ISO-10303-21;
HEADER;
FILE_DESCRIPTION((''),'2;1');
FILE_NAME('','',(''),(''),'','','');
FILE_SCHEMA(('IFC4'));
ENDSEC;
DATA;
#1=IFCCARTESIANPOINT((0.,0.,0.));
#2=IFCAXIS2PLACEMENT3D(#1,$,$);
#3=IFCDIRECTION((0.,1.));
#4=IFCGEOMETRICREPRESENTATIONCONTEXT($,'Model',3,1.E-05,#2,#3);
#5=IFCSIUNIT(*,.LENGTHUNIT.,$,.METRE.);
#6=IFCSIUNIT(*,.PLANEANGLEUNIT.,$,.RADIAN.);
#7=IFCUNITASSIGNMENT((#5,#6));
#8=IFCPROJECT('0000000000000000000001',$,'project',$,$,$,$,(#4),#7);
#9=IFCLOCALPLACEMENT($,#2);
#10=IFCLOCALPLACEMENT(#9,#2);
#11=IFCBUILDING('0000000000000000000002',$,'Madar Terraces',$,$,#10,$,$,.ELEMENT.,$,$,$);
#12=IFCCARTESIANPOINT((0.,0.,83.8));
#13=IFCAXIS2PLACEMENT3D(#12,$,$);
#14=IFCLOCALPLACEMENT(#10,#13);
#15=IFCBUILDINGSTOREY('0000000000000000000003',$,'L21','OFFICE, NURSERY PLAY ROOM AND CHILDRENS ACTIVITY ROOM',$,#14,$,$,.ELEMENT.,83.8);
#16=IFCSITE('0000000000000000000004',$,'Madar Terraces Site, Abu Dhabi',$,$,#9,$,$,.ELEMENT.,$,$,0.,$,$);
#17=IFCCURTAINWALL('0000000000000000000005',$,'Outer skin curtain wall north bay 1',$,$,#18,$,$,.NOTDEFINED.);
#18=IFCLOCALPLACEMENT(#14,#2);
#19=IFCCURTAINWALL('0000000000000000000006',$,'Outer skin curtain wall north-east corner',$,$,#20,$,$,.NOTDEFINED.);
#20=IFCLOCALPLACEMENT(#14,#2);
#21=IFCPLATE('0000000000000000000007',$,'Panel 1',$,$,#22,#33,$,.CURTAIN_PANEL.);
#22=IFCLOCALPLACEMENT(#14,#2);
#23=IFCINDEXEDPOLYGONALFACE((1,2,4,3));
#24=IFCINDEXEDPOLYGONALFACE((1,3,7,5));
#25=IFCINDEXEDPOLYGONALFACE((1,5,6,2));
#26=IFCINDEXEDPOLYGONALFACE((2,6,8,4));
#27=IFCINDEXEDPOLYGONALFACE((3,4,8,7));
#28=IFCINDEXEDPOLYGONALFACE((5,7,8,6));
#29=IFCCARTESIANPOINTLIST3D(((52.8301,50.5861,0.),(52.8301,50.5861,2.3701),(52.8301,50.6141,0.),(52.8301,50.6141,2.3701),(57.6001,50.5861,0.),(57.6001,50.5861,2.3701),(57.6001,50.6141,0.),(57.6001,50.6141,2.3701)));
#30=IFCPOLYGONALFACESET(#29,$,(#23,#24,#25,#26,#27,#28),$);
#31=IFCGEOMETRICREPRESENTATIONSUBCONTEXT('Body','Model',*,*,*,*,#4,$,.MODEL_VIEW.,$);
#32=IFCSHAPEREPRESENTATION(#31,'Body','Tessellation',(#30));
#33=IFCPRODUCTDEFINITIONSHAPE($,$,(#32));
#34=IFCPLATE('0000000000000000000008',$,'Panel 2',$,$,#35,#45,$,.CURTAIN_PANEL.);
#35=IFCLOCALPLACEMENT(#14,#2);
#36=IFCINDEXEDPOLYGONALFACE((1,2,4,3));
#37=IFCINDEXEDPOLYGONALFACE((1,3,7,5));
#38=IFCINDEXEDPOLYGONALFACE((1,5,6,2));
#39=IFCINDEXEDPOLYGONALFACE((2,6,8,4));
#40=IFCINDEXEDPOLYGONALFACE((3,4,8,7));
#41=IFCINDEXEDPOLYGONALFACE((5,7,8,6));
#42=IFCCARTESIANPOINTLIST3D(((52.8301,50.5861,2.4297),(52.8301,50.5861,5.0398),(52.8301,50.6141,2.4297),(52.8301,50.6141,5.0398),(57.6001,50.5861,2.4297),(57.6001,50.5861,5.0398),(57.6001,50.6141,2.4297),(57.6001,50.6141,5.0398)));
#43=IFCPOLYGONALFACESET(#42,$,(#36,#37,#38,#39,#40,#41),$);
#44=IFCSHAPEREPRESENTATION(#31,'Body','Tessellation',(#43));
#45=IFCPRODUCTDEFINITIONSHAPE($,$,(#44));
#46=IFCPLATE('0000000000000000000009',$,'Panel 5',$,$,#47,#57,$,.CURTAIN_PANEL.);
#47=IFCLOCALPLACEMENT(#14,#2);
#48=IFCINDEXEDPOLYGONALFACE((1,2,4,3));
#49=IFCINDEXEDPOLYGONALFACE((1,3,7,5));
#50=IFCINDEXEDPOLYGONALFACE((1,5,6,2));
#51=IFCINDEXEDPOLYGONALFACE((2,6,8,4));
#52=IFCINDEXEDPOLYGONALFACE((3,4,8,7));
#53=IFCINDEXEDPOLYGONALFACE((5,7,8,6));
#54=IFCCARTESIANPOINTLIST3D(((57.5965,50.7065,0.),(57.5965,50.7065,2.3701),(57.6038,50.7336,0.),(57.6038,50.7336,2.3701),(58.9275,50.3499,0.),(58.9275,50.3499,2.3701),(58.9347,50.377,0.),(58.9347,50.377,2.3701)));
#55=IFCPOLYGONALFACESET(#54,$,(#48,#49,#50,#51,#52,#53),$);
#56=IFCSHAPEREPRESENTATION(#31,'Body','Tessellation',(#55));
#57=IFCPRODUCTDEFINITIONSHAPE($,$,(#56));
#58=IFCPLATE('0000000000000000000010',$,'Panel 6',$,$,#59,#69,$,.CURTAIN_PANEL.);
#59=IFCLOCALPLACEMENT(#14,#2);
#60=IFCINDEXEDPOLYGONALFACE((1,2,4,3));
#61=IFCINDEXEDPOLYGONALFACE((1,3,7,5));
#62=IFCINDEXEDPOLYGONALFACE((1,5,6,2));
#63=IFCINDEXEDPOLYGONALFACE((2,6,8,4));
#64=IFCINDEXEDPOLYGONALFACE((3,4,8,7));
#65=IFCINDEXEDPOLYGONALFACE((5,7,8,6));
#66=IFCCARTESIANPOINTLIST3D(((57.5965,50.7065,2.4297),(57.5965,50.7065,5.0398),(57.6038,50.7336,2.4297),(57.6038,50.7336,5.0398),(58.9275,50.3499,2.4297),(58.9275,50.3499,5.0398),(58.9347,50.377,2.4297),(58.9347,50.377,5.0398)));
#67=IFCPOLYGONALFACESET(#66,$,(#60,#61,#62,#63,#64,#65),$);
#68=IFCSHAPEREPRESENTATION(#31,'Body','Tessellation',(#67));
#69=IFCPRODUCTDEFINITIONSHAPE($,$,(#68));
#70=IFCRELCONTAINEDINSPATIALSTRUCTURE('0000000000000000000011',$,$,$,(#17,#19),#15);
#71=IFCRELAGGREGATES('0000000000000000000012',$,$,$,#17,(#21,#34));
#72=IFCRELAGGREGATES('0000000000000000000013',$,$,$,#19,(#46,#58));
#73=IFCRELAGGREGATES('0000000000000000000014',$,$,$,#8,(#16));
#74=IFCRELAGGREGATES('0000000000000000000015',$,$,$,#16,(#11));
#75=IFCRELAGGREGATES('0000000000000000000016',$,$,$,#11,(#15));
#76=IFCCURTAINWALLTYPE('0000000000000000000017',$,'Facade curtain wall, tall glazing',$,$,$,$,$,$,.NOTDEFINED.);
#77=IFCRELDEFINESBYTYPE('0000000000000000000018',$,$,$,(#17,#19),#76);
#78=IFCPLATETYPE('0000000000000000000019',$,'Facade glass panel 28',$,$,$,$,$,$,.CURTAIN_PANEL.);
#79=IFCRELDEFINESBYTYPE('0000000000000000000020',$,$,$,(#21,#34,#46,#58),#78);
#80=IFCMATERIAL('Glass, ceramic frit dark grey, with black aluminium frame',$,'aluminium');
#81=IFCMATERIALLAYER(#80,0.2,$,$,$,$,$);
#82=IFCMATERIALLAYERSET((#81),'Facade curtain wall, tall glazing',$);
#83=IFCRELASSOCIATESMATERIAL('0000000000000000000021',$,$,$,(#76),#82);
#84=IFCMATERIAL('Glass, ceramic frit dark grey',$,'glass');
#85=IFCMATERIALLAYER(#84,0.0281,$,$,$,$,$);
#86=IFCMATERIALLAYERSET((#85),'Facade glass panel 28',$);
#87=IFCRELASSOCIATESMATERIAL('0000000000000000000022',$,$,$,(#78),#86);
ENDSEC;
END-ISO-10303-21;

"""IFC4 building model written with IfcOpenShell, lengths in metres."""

from ifc_helpers import new_model, si_unit, direction, frame, origin, origin_2d, place, context, subcontext, project, spatial, rectangle, extrude, material, layer, layer_set, type_object, element, aggregate, save


model = new_model("IFC4")

# Units and contexts
model_context = context("Model", 3, precision=1e-05, world=origin(), true_north=direction((0.0, 1.0)))
body_context = subcontext(model_context, "Body", "Model", "MODEL_VIEW")
ifc_project = project(units=[si_unit("LENGTHUNIT", "METRE"), si_unit("PLANEANGLEUNIT", "RADIAN")], contexts=[model_context])

# Site, building, storey
site_placement = place(None, origin())
site = spatial("IfcSite", under=ifc_project, at=site_placement, Name="Madar Terraces Site, Abu Dhabi", CompositionType="ELEMENT", RefElevation=0.0)
building_placement = place(site_placement, origin())
building = spatial("IfcBuilding", under=site, at=building_placement, Name="Madar Terraces", CompositionType="ELEMENT")
storey_placement = place(building_placement, frame((0.0, 0.0, 83.8)))
storey = spatial("IfcBuildingStorey", under=building, at=storey_placement, Name="L21", Description="OFFICE, NURSERY PLAY ROOM AND CHILDRENS ACTIVITY ROOM", CompositionType="ELEMENT", Elevation=83.8)

# Curtain wall
ifc_material_1 = material(Name="Glass, ceramic frit dark grey, with black aluminium frame", Category="aluminium")
ifc_layer_1 = layer(ifc_material_1, 0.2)
ifc_layer_set_1 = layer_set([ifc_layer_1], Name="Facade curtain wall, tall glazing")
curtain_wall_type = type_object("IfcCurtainWallType", Name="Facade curtain wall, tall glazing", PredefinedType="NOTDEFINED", material=ifc_layer_set_1)
curtain_wall_1_placement = place(storey_placement, origin())
curtain_wall_1 = element("IfcCurtainWall", 1, at=curtain_wall_1_placement, inside=storey, type_object=curtain_wall_type, Name="Outer skin curtain wall north bay 1", PredefinedType="NOTDEFINED")

# Curtain wall
curtain_wall_2_placement = place(storey_placement, origin())
curtain_wall_2 = element("IfcCurtainWall", 2, at=curtain_wall_2_placement, inside=storey, type_object=curtain_wall_type, Name="Outer skin curtain wall north-east corner", PredefinedType="NOTDEFINED")

# Plates
ifc_material_2 = material(Name="Glass, ceramic frit dark grey", Category="glass")
ifc_layer_2 = layer(ifc_material_2, 0.0281)
ifc_layer_set_2 = layer_set([ifc_layer_2], Name="Facade glass panel 28")
plate_type = type_object("IfcPlateType", Name="Facade glass panel 28", PredefinedType="CURTAIN_PANEL", material=ifc_layer_set_2)
plate_1_placement = place(storey_placement, frame((55.2151, 50.6001, 0.0), z_axis=(0.0, 0.0, 1.0), x_axis=(-1.0, 0.0, 0.0)))
plate_1 = element("IfcPlate", 3, at=plate_1_placement, type_object=plate_type, Name="Panel 1", PredefinedType="CURTAIN_PANEL", context=body_context, shape_type="SweptSolid", body=[
    extrude(rectangle(XDim=4.77, YDim=0.0281, at=origin_2d()), origin(), (0.0, 0.0, 1.0), 2.3701),
])
plate_2_placement = place(storey_placement, frame((55.2151, 50.6001, 2.4297), z_axis=(0.0, 0.0, 1.0), x_axis=(-1.0, 0.0, 0.0)))
plate_2 = element("IfcPlate", 4, at=plate_2_placement, type_object=plate_type, Name="Panel 2", PredefinedType="CURTAIN_PANEL", context=body_context, shape_type="SweptSolid", body=[
    extrude(rectangle(XDim=4.77, YDim=0.0281, at=origin_2d()), origin(), (0.0, 0.0, 1.0), 2.6101),
])
aggregate(curtain_wall_1, [plate_1, plate_2])
plate_3_placement = place(storey_placement, frame((58.2656, 50.5417, 0.0), z_axis=(0.0, 0.0, 1.0), x_axis=(-0.965926, 0.258819, 0.0)))
plate_3 = element("IfcPlate", 5, at=plate_3_placement, type_object=plate_type, Name="Panel 5", PredefinedType="CURTAIN_PANEL", context=body_context, shape_type="SweptSolid", body=[
    extrude(rectangle(XDim=1.3779, YDim=0.0281, at=origin_2d()), origin(), (0.0, 0.0, 1.0), 2.3701),
])
plate_4_placement = place(storey_placement, frame((58.2656, 50.5417, 2.4297), z_axis=(0.0, 0.0, 1.0), x_axis=(-0.965926, 0.258819, 0.0)))
plate_4 = element("IfcPlate", 6, at=plate_4_placement, type_object=plate_type, Name="Panel 6", PredefinedType="CURTAIN_PANEL", context=body_context, shape_type="SweptSolid", body=[
    extrude(rectangle(XDim=1.3779, YDim=0.0281, at=origin_2d()), origin(), (0.0, 0.0, 1.0), 2.6101),
])
aggregate(curtain_wall_2, [plate_3, plate_4])

save(model, "model.ifc")
